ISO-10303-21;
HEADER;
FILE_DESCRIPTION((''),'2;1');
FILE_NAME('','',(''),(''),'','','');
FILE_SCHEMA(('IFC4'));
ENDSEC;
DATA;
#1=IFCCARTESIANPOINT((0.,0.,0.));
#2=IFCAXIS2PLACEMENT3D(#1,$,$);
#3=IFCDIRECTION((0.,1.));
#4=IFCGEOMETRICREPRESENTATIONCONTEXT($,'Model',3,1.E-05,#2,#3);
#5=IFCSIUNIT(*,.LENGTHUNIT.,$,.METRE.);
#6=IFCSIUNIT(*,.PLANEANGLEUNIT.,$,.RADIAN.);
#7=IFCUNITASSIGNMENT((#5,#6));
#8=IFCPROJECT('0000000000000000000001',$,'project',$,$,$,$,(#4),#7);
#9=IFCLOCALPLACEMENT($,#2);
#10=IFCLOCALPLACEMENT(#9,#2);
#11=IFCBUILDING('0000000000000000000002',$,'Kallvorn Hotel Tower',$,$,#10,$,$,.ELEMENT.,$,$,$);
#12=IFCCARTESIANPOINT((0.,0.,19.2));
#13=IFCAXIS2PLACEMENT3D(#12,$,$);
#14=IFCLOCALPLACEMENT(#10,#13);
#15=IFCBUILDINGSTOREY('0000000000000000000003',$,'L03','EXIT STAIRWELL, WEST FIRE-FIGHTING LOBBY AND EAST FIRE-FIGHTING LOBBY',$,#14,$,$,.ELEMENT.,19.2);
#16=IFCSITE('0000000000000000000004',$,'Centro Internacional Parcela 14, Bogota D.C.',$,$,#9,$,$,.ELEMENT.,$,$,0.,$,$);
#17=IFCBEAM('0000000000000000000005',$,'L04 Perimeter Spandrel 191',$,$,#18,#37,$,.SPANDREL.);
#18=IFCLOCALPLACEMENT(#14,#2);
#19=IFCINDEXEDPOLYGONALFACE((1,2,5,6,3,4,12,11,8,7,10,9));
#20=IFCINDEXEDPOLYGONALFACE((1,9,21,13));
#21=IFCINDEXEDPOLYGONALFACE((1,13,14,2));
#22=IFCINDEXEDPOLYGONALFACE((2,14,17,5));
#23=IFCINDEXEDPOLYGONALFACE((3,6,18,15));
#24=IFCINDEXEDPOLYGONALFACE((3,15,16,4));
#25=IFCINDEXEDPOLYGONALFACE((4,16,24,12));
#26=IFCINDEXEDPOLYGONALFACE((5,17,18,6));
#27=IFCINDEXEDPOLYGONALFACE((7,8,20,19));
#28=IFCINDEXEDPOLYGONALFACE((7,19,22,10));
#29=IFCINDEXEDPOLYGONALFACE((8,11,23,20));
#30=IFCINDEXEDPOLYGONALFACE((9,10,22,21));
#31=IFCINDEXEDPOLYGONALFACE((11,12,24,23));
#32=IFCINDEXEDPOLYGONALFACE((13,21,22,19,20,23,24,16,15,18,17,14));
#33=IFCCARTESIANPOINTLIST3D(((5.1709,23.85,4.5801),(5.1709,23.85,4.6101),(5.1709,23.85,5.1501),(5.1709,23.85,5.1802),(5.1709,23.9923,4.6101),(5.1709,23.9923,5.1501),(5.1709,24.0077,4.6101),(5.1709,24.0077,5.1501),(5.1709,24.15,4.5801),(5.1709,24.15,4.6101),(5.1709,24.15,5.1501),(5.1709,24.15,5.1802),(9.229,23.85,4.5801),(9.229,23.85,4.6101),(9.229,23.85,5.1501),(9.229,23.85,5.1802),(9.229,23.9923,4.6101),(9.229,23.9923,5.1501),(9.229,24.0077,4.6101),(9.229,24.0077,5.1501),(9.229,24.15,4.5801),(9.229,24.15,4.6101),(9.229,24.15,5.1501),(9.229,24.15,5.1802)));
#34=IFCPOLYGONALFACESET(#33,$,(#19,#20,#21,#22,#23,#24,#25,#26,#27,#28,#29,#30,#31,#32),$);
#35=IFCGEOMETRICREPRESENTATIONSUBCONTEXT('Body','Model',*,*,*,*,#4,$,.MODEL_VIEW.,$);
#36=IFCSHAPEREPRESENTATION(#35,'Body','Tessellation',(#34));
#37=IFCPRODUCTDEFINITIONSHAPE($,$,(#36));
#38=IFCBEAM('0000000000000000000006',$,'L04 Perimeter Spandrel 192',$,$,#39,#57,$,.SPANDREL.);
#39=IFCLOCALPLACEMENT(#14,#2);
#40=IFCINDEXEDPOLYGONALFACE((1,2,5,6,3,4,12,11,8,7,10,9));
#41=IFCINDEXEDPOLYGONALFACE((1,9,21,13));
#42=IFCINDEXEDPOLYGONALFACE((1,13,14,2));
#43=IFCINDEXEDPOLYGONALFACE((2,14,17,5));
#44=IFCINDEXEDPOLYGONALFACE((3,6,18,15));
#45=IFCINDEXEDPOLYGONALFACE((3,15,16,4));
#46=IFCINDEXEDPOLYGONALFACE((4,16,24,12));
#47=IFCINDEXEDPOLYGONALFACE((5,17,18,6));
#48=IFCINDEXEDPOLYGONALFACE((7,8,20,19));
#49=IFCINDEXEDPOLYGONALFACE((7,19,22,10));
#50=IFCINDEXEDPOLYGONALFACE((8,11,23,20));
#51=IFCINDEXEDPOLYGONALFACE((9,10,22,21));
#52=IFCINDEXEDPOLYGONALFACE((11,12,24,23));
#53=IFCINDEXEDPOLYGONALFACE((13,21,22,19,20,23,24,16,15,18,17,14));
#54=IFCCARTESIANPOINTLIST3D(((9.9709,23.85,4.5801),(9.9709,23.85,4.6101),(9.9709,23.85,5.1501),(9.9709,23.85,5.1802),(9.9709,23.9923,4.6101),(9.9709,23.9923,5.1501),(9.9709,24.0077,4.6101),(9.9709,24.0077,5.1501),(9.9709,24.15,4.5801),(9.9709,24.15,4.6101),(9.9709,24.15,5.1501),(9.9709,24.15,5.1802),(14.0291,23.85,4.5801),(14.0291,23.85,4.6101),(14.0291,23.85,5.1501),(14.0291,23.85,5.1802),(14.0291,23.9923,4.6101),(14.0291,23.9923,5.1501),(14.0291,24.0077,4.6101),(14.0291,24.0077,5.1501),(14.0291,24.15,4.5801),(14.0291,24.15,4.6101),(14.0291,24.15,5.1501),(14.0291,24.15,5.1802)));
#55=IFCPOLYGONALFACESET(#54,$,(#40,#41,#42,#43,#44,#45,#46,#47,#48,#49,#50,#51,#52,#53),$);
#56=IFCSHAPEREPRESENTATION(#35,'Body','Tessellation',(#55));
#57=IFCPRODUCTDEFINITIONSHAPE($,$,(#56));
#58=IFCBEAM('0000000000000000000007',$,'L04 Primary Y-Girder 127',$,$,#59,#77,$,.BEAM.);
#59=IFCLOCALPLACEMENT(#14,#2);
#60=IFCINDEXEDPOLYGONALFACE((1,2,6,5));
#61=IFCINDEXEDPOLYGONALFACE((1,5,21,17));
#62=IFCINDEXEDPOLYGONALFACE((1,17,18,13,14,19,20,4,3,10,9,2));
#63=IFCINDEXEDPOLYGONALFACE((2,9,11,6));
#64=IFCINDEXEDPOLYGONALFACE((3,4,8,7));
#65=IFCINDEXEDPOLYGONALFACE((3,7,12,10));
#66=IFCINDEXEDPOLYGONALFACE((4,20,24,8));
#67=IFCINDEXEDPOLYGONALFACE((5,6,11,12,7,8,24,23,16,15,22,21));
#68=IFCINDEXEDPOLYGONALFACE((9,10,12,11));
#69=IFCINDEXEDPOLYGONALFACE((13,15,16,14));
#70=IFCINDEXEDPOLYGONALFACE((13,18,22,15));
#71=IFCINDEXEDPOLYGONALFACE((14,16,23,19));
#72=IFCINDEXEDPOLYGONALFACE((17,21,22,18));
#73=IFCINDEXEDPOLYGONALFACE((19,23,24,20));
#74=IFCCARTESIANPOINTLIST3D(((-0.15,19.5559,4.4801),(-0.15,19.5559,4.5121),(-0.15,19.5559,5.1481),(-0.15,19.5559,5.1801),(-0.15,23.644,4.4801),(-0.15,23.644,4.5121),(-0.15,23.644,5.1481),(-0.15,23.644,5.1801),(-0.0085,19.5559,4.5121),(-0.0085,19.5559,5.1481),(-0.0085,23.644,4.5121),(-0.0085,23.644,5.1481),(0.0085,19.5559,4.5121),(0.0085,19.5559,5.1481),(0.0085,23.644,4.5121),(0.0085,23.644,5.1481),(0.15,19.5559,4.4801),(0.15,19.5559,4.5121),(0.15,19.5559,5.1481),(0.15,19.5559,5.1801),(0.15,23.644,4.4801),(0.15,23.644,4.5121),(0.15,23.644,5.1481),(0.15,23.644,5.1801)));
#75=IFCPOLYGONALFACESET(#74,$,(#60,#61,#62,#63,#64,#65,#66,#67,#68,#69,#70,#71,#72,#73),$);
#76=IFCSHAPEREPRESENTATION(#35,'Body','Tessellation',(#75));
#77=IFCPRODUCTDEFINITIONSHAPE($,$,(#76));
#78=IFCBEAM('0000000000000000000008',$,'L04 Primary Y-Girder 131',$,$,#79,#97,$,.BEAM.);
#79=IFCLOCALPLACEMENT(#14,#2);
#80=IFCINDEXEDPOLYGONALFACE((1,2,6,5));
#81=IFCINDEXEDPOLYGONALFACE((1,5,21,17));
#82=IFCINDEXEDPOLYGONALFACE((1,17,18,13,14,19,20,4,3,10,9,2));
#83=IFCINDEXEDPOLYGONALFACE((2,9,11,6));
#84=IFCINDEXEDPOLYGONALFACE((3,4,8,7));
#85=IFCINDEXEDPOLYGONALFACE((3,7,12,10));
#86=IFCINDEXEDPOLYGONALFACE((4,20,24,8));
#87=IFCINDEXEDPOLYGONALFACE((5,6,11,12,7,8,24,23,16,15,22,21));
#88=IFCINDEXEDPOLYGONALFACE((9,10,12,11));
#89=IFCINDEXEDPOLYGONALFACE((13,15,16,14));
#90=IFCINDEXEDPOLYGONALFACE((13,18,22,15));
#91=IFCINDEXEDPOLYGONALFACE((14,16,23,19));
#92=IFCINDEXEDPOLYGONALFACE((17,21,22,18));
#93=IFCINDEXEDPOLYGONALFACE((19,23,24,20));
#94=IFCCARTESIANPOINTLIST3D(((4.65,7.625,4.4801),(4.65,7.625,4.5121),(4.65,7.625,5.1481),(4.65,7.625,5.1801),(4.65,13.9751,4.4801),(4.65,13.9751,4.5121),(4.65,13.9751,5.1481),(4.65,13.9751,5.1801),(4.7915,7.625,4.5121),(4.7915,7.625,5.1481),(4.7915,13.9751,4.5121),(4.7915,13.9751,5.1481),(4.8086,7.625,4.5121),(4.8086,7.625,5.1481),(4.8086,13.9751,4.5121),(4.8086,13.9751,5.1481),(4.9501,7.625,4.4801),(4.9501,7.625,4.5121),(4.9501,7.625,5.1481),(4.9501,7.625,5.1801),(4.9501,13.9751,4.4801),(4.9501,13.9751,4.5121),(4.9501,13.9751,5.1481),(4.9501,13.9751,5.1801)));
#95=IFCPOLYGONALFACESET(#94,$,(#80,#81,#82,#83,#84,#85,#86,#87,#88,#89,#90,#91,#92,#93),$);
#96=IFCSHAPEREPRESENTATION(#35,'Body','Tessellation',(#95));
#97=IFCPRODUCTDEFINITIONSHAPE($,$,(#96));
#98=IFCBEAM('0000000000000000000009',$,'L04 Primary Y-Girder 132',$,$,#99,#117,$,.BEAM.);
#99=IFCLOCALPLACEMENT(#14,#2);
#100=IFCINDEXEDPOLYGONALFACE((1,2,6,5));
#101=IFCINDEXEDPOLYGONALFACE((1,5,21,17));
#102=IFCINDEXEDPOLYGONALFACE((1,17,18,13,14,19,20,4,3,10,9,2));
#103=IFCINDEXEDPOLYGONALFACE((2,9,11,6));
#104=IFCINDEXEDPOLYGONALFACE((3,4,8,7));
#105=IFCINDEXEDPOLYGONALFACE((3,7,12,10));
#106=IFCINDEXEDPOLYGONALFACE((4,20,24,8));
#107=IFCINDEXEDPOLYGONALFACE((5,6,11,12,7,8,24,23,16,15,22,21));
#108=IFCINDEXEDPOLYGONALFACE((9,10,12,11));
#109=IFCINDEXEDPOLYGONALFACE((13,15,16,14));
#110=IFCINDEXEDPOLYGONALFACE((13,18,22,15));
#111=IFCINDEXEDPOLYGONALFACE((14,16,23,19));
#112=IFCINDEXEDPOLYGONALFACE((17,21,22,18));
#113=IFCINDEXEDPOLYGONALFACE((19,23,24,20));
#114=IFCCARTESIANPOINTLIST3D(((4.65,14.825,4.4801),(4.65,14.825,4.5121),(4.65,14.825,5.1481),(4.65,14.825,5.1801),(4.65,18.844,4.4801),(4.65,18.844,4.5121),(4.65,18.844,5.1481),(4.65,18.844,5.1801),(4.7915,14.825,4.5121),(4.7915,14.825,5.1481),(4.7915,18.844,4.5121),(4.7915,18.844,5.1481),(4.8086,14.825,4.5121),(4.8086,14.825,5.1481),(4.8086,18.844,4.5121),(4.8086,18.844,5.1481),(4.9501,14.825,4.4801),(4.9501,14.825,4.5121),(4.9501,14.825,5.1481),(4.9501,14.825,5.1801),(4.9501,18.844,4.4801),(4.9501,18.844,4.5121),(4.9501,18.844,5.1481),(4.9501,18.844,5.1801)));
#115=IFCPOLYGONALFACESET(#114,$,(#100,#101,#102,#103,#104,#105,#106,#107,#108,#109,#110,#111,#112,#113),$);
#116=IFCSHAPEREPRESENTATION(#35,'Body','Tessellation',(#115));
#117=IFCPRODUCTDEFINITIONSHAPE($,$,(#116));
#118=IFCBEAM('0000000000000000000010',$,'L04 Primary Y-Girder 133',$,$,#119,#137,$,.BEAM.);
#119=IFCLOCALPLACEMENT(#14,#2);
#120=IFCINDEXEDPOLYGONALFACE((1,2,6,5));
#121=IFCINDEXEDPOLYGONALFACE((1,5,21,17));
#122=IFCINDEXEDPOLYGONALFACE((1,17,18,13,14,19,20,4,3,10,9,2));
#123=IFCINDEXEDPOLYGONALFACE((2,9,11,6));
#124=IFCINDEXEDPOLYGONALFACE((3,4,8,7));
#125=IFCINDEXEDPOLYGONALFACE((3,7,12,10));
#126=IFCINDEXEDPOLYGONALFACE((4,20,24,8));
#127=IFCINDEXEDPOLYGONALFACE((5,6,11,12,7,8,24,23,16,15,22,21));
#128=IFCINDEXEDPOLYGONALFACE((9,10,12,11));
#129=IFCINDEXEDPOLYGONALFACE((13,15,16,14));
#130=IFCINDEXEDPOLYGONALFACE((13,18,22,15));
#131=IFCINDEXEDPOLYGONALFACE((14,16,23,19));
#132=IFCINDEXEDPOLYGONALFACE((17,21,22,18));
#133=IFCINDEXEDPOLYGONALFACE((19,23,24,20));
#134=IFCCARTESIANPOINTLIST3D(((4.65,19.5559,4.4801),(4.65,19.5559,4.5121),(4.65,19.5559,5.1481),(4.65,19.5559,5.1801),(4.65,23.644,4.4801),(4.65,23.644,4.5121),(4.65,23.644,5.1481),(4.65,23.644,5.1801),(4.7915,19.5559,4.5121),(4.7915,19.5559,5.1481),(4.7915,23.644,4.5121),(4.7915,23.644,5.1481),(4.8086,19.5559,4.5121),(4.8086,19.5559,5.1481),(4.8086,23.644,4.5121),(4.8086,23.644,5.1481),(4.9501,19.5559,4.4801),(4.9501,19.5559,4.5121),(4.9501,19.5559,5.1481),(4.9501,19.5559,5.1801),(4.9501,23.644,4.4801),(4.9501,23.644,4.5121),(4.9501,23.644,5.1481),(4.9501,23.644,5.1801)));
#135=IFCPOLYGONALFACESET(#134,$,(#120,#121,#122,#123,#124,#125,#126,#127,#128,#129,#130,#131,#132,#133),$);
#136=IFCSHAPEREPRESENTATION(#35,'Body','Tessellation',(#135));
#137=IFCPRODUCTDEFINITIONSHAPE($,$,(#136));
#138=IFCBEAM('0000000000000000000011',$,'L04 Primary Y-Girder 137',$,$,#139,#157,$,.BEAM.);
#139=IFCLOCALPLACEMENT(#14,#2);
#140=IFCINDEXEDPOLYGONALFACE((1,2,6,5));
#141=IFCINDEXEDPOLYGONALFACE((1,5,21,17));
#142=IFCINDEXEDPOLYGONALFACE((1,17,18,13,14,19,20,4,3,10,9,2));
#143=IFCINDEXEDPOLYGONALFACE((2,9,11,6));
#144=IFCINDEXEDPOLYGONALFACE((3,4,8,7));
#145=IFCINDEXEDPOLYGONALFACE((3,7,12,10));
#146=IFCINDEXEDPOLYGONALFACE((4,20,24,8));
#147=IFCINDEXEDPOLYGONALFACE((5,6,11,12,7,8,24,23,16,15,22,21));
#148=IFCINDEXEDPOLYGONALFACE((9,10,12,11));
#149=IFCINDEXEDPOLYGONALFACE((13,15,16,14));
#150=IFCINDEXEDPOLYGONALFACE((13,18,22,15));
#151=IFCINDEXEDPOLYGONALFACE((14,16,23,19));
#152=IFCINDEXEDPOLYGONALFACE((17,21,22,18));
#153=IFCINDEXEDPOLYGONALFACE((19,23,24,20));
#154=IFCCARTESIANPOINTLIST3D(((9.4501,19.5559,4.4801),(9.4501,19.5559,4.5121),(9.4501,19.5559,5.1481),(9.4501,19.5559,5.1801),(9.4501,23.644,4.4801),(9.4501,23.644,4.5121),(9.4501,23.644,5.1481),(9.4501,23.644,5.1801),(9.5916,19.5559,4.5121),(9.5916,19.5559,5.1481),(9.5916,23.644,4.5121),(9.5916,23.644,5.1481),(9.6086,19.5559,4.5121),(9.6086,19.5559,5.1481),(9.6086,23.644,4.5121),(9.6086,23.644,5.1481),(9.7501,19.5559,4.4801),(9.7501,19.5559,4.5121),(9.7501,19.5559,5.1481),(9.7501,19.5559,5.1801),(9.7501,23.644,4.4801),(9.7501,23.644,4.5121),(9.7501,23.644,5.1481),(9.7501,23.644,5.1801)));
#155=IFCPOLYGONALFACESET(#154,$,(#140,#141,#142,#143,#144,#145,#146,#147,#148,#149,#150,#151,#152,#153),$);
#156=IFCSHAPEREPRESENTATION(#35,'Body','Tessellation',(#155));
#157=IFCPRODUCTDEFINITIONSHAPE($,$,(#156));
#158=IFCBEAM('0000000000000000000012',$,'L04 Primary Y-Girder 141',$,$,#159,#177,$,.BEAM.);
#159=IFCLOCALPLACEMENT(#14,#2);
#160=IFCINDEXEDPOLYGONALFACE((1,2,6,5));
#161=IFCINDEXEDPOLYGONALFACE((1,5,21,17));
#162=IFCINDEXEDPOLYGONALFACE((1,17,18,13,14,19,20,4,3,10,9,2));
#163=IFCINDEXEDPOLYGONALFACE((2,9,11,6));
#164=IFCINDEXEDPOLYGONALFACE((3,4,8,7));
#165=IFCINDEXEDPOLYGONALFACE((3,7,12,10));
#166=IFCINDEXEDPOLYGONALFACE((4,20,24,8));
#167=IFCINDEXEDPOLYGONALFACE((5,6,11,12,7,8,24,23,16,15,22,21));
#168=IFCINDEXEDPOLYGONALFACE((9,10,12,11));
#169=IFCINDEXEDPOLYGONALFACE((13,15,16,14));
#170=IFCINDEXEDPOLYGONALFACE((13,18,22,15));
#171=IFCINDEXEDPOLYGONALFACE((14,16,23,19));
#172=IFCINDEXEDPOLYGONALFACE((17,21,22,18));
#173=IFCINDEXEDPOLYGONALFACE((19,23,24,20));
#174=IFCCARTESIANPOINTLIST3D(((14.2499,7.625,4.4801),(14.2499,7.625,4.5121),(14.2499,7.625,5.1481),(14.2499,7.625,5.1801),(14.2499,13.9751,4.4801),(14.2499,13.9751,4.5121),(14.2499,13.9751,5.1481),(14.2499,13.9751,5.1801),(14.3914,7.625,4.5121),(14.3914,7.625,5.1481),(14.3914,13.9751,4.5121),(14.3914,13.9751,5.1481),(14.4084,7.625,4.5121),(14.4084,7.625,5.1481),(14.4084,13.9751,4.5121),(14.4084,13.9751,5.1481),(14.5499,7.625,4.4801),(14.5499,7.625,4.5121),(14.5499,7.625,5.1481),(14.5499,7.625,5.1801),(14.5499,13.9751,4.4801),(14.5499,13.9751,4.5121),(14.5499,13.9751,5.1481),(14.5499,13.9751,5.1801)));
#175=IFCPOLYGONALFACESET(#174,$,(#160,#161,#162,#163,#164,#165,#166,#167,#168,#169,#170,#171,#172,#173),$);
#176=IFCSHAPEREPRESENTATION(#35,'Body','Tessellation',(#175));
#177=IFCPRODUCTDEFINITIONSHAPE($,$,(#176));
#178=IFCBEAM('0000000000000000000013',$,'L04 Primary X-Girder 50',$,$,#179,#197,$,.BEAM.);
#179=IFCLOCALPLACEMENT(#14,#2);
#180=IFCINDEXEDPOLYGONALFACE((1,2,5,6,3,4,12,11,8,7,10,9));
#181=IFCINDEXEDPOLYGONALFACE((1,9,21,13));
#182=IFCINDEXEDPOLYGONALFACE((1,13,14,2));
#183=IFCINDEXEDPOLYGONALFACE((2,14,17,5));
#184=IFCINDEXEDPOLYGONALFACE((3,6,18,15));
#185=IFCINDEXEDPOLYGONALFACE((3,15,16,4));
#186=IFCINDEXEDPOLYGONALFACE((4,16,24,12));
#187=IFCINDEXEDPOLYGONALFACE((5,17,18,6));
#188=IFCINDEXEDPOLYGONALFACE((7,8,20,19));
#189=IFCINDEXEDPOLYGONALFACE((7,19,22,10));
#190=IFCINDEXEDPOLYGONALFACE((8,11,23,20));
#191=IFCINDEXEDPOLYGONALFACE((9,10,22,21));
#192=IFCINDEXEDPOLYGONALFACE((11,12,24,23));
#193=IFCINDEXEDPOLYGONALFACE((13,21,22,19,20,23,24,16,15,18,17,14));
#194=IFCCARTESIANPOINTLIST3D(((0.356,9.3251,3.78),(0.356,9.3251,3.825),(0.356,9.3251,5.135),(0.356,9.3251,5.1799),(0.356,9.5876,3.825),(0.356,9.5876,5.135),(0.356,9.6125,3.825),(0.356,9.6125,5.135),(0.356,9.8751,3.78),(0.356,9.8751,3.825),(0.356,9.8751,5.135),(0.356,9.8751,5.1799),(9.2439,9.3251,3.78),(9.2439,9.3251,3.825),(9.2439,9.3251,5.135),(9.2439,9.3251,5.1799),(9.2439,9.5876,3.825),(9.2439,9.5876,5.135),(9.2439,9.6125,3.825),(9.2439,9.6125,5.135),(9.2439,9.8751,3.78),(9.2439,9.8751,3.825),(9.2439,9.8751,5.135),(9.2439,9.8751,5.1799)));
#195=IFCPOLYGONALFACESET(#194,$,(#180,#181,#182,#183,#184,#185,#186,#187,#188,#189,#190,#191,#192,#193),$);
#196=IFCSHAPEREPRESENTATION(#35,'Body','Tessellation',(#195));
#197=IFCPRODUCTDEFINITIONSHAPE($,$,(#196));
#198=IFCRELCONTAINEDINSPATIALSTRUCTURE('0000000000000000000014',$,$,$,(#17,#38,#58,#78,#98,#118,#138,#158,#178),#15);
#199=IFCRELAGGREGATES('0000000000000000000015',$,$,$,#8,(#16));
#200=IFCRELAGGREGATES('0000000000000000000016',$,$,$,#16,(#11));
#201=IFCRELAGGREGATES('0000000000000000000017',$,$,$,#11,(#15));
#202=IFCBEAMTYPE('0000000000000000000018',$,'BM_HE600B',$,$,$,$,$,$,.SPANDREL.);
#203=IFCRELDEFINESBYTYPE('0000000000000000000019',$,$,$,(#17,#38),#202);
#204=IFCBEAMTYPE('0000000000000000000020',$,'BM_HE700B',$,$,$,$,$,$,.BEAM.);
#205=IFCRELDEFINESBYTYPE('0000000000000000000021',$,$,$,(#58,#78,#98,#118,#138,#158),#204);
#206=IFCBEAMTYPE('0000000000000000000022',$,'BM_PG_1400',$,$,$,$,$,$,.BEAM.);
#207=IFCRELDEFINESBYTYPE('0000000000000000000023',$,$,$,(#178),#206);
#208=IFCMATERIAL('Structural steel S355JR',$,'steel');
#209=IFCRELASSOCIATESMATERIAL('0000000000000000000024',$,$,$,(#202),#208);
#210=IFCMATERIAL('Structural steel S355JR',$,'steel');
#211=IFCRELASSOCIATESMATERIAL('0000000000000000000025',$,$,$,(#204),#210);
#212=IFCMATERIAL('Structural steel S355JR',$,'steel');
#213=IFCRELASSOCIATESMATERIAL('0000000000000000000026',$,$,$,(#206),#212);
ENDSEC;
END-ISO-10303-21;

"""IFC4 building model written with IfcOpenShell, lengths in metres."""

from ifc_helpers import new_model, si_unit, direction, frame, origin, origin_2d, place, context, subcontext, project, spatial, i_section, extrude, material, material_profile, profile_set, type_object, element, save


model = new_model("IFC4")

# Units and contexts
model_context = context("Model", 3, precision=1e-05, world=origin(), true_north=direction((0.0, 1.0)))
body_context = subcontext(model_context, "Body", "Model", "MODEL_VIEW")
ifc_project = project(units=[si_unit("LENGTHUNIT", "METRE"), si_unit("PLANEANGLEUNIT", "RADIAN")], contexts=[model_context])

# Site, building, storey
site_placement = place(None, origin())
site = spatial("IfcSite", under=ifc_project, at=site_placement, Name="Centro Internacional Parcela 14, Bogota D.C.", CompositionType="ELEMENT", RefElevation=0.0)
building_placement = place(site_placement, origin())
building = spatial("IfcBuilding", under=site, at=building_placement, Name="Kallvorn Hotel Tower", CompositionType="ELEMENT")
storey_placement = place(building_placement, frame((0.0, 0.0, 19.2)))
storey = spatial("IfcBuildingStorey", under=building, at=storey_placement, Name="L03", Description="EXIT STAIRWELL, WEST FIRE-FIGHTING LOBBY AND EAST FIRE-FIGHTING LOBBY", CompositionType="ELEMENT", Elevation=19.2)

# Beams
ifc_material_1 = material(Name="Structural steel S355JR", Category="steel")
ifc_material_profile_1 = material_profile(ifc_material_1, i_section(OverallWidth=0.3, OverallDepth=0.6001, WebThickness=0.0154, FlangeThickness=0.03, at=origin_2d()), Name="HE 600 B")
ifc_profile_set_1 = profile_set([ifc_material_profile_1], Name="Structural steel S355JR")
beam_type_1 = type_object("IfcBeamType", Name="BM_HE600B", PredefinedType="SPANDREL", material=ifc_profile_set_1)
for number, where, z_axis, x_axis, name in (
    (1, (5.1709, 24.0, 4.8801), (1.0, 0.0, 0.0), (0.0, 1.0, 0.0), "L04 Perimeter Spandrel 191"),
    (2, (9.9709, 24.0, 4.8801), (1.0, 0.0, 0.0), (0.0, 1.0, 0.0), "L04 Perimeter Spandrel 192"),
):
    element("IfcBeam", number, at=place(storey_placement, frame(where, z_axis=z_axis, x_axis=x_axis)), inside=storey, type_object=beam_type_1, Name=name, PredefinedType="SPANDREL", context=body_context, shape_type="SweptSolid", body=[
        extrude(i_section(OverallWidth=0.3, OverallDepth=0.6001, WebThickness=0.0154, FlangeThickness=0.03, at=origin_2d()), origin(), (0.0, 0.0, 1.0), 4.0581),
    ])
ifc_material_2 = material(Name="Structural steel S355JR", Category="steel")
ifc_material_profile_2 = material_profile(ifc_material_2, i_section(OverallWidth=0.3, OverallDepth=0.7, WebThickness=0.0171, FlangeThickness=0.032, at=origin_2d()), Name="HE 700 B")
ifc_profile_set_2 = profile_set([ifc_material_profile_2], Name="Structural steel S355JR")
beam_type_2 = type_object("IfcBeamType", Name="BM_HE700B", PredefinedType="BEAM", material=ifc_profile_set_2)
beam_1_placement = place(storey_placement, frame((0.0, 19.5559, 4.8301), z_axis=(0.0, 1.0, 0.0), x_axis=(-1.0, 0.0, 0.0)))
element("IfcBeam", 3, at=beam_1_placement, inside=storey, type_object=beam_type_2, Name="L04 Primary Y-Girder 127", PredefinedType="BEAM", context=body_context, shape_type="SweptSolid", body=[
    extrude(i_section(OverallWidth=0.3, OverallDepth=0.7, WebThickness=0.0171, FlangeThickness=0.032, at=origin_2d()), origin(), (0.0, 0.0, 1.0), 4.0881),
])
beam_2_placement = place(storey_placement, frame((4.8, 7.625, 4.8301), z_axis=(0.0, 1.0, 0.0), x_axis=(-1.0, 0.0, 0.0)))
element("IfcBeam", 4, at=beam_2_placement, inside=storey, type_object=beam_type_2, Name="L04 Primary Y-Girder 131", PredefinedType="BEAM", context=body_context, shape_type="SweptSolid", body=[
    extrude(i_section(OverallWidth=0.3, OverallDepth=0.7, WebThickness=0.0171, FlangeThickness=0.032, at=origin_2d()), origin(), (0.0, 0.0, 1.0), 6.3501),
])
beam_3_placement = place(storey_placement, frame((4.8, 14.825, 4.8301), z_axis=(0.0, 1.0, 0.0), x_axis=(-1.0, 0.0, 0.0)))
element("IfcBeam", 5, at=beam_3_placement, inside=storey, type_object=beam_type_2, Name="L04 Primary Y-Girder 132", PredefinedType="BEAM", context=body_context, shape_type="SweptSolid", body=[
    extrude(i_section(OverallWidth=0.3, OverallDepth=0.7, WebThickness=0.0171, FlangeThickness=0.032, at=origin_2d()), origin(), (0.0, 0.0, 1.0), 4.019),
])
for number, where, z_axis, x_axis, name in (
    (6, (4.8, 19.5559, 4.8301), (0.0, 1.0, 0.0), (-1.0, 0.0, 0.0), "L04 Primary Y-Girder 133"),
    (7, (9.6001, 19.5559, 4.8301), (0.0, 1.0, 0.0), (-1.0, 0.0, 0.0), "L04 Primary Y-Girder 137"),
):
    element("IfcBeam", number, at=place(storey_placement, frame(where, z_axis=z_axis, x_axis=x_axis)), inside=storey, type_object=beam_type_2, Name=name, PredefinedType="BEAM", context=body_context, shape_type="SweptSolid", body=[
        extrude(i_section(OverallWidth=0.3, OverallDepth=0.7, WebThickness=0.0171, FlangeThickness=0.032, at=origin_2d()), origin(), (0.0, 0.0, 1.0), 4.0881),
    ])
beam_4_placement = place(storey_placement, frame((14.3999, 7.625, 4.8301), z_axis=(0.0, 1.0, 0.0), x_axis=(-1.0, 0.0, 0.0)))
element("IfcBeam", 8, at=beam_4_placement, inside=storey, type_object=beam_type_2, Name="L04 Primary Y-Girder 141", PredefinedType="BEAM", context=body_context, shape_type="SweptSolid", body=[
    extrude(i_section(OverallWidth=0.3, OverallDepth=0.7, WebThickness=0.0171, FlangeThickness=0.032, at=origin_2d()), origin(), (0.0, 0.0, 1.0), 6.3501),
])
ifc_material_3 = material(Name="Structural steel S355JR", Category="steel")
ifc_material_profile_3 = material_profile(ifc_material_3, i_section(OverallWidth=0.55, OverallDepth=1.3999, WebThickness=0.0249, FlangeThickness=0.0449, at=origin_2d()), Name="PG 1400x550x25x45")
ifc_profile_set_3 = profile_set([ifc_material_profile_3], Name="Structural steel S355JR")
beam_type_3 = type_object("IfcBeamType", Name="BM_PG_1400", PredefinedType="BEAM", material=ifc_profile_set_3)
for number, where, z_axis, x_axis, name in (
    (9, (0.356, 9.6001, 4.48), (1.0, 0.0, 0.0), (0.0, 1.0, 0.0), "L04 Primary X-Girder 50"),
):
    element("IfcBeam", number, at=place(storey_placement, frame(where, z_axis=z_axis, x_axis=x_axis)), inside=storey, type_object=beam_type_3, Name=name, PredefinedType="BEAM", context=body_context, shape_type="SweptSolid", body=[
        extrude(i_section(OverallWidth=0.55, OverallDepth=1.3999, WebThickness=0.0249, FlangeThickness=0.0449, at=origin_2d()), origin(), (0.0, 0.0, 1.0), 8.8879),
    ])

save(model, "model.ifc")
